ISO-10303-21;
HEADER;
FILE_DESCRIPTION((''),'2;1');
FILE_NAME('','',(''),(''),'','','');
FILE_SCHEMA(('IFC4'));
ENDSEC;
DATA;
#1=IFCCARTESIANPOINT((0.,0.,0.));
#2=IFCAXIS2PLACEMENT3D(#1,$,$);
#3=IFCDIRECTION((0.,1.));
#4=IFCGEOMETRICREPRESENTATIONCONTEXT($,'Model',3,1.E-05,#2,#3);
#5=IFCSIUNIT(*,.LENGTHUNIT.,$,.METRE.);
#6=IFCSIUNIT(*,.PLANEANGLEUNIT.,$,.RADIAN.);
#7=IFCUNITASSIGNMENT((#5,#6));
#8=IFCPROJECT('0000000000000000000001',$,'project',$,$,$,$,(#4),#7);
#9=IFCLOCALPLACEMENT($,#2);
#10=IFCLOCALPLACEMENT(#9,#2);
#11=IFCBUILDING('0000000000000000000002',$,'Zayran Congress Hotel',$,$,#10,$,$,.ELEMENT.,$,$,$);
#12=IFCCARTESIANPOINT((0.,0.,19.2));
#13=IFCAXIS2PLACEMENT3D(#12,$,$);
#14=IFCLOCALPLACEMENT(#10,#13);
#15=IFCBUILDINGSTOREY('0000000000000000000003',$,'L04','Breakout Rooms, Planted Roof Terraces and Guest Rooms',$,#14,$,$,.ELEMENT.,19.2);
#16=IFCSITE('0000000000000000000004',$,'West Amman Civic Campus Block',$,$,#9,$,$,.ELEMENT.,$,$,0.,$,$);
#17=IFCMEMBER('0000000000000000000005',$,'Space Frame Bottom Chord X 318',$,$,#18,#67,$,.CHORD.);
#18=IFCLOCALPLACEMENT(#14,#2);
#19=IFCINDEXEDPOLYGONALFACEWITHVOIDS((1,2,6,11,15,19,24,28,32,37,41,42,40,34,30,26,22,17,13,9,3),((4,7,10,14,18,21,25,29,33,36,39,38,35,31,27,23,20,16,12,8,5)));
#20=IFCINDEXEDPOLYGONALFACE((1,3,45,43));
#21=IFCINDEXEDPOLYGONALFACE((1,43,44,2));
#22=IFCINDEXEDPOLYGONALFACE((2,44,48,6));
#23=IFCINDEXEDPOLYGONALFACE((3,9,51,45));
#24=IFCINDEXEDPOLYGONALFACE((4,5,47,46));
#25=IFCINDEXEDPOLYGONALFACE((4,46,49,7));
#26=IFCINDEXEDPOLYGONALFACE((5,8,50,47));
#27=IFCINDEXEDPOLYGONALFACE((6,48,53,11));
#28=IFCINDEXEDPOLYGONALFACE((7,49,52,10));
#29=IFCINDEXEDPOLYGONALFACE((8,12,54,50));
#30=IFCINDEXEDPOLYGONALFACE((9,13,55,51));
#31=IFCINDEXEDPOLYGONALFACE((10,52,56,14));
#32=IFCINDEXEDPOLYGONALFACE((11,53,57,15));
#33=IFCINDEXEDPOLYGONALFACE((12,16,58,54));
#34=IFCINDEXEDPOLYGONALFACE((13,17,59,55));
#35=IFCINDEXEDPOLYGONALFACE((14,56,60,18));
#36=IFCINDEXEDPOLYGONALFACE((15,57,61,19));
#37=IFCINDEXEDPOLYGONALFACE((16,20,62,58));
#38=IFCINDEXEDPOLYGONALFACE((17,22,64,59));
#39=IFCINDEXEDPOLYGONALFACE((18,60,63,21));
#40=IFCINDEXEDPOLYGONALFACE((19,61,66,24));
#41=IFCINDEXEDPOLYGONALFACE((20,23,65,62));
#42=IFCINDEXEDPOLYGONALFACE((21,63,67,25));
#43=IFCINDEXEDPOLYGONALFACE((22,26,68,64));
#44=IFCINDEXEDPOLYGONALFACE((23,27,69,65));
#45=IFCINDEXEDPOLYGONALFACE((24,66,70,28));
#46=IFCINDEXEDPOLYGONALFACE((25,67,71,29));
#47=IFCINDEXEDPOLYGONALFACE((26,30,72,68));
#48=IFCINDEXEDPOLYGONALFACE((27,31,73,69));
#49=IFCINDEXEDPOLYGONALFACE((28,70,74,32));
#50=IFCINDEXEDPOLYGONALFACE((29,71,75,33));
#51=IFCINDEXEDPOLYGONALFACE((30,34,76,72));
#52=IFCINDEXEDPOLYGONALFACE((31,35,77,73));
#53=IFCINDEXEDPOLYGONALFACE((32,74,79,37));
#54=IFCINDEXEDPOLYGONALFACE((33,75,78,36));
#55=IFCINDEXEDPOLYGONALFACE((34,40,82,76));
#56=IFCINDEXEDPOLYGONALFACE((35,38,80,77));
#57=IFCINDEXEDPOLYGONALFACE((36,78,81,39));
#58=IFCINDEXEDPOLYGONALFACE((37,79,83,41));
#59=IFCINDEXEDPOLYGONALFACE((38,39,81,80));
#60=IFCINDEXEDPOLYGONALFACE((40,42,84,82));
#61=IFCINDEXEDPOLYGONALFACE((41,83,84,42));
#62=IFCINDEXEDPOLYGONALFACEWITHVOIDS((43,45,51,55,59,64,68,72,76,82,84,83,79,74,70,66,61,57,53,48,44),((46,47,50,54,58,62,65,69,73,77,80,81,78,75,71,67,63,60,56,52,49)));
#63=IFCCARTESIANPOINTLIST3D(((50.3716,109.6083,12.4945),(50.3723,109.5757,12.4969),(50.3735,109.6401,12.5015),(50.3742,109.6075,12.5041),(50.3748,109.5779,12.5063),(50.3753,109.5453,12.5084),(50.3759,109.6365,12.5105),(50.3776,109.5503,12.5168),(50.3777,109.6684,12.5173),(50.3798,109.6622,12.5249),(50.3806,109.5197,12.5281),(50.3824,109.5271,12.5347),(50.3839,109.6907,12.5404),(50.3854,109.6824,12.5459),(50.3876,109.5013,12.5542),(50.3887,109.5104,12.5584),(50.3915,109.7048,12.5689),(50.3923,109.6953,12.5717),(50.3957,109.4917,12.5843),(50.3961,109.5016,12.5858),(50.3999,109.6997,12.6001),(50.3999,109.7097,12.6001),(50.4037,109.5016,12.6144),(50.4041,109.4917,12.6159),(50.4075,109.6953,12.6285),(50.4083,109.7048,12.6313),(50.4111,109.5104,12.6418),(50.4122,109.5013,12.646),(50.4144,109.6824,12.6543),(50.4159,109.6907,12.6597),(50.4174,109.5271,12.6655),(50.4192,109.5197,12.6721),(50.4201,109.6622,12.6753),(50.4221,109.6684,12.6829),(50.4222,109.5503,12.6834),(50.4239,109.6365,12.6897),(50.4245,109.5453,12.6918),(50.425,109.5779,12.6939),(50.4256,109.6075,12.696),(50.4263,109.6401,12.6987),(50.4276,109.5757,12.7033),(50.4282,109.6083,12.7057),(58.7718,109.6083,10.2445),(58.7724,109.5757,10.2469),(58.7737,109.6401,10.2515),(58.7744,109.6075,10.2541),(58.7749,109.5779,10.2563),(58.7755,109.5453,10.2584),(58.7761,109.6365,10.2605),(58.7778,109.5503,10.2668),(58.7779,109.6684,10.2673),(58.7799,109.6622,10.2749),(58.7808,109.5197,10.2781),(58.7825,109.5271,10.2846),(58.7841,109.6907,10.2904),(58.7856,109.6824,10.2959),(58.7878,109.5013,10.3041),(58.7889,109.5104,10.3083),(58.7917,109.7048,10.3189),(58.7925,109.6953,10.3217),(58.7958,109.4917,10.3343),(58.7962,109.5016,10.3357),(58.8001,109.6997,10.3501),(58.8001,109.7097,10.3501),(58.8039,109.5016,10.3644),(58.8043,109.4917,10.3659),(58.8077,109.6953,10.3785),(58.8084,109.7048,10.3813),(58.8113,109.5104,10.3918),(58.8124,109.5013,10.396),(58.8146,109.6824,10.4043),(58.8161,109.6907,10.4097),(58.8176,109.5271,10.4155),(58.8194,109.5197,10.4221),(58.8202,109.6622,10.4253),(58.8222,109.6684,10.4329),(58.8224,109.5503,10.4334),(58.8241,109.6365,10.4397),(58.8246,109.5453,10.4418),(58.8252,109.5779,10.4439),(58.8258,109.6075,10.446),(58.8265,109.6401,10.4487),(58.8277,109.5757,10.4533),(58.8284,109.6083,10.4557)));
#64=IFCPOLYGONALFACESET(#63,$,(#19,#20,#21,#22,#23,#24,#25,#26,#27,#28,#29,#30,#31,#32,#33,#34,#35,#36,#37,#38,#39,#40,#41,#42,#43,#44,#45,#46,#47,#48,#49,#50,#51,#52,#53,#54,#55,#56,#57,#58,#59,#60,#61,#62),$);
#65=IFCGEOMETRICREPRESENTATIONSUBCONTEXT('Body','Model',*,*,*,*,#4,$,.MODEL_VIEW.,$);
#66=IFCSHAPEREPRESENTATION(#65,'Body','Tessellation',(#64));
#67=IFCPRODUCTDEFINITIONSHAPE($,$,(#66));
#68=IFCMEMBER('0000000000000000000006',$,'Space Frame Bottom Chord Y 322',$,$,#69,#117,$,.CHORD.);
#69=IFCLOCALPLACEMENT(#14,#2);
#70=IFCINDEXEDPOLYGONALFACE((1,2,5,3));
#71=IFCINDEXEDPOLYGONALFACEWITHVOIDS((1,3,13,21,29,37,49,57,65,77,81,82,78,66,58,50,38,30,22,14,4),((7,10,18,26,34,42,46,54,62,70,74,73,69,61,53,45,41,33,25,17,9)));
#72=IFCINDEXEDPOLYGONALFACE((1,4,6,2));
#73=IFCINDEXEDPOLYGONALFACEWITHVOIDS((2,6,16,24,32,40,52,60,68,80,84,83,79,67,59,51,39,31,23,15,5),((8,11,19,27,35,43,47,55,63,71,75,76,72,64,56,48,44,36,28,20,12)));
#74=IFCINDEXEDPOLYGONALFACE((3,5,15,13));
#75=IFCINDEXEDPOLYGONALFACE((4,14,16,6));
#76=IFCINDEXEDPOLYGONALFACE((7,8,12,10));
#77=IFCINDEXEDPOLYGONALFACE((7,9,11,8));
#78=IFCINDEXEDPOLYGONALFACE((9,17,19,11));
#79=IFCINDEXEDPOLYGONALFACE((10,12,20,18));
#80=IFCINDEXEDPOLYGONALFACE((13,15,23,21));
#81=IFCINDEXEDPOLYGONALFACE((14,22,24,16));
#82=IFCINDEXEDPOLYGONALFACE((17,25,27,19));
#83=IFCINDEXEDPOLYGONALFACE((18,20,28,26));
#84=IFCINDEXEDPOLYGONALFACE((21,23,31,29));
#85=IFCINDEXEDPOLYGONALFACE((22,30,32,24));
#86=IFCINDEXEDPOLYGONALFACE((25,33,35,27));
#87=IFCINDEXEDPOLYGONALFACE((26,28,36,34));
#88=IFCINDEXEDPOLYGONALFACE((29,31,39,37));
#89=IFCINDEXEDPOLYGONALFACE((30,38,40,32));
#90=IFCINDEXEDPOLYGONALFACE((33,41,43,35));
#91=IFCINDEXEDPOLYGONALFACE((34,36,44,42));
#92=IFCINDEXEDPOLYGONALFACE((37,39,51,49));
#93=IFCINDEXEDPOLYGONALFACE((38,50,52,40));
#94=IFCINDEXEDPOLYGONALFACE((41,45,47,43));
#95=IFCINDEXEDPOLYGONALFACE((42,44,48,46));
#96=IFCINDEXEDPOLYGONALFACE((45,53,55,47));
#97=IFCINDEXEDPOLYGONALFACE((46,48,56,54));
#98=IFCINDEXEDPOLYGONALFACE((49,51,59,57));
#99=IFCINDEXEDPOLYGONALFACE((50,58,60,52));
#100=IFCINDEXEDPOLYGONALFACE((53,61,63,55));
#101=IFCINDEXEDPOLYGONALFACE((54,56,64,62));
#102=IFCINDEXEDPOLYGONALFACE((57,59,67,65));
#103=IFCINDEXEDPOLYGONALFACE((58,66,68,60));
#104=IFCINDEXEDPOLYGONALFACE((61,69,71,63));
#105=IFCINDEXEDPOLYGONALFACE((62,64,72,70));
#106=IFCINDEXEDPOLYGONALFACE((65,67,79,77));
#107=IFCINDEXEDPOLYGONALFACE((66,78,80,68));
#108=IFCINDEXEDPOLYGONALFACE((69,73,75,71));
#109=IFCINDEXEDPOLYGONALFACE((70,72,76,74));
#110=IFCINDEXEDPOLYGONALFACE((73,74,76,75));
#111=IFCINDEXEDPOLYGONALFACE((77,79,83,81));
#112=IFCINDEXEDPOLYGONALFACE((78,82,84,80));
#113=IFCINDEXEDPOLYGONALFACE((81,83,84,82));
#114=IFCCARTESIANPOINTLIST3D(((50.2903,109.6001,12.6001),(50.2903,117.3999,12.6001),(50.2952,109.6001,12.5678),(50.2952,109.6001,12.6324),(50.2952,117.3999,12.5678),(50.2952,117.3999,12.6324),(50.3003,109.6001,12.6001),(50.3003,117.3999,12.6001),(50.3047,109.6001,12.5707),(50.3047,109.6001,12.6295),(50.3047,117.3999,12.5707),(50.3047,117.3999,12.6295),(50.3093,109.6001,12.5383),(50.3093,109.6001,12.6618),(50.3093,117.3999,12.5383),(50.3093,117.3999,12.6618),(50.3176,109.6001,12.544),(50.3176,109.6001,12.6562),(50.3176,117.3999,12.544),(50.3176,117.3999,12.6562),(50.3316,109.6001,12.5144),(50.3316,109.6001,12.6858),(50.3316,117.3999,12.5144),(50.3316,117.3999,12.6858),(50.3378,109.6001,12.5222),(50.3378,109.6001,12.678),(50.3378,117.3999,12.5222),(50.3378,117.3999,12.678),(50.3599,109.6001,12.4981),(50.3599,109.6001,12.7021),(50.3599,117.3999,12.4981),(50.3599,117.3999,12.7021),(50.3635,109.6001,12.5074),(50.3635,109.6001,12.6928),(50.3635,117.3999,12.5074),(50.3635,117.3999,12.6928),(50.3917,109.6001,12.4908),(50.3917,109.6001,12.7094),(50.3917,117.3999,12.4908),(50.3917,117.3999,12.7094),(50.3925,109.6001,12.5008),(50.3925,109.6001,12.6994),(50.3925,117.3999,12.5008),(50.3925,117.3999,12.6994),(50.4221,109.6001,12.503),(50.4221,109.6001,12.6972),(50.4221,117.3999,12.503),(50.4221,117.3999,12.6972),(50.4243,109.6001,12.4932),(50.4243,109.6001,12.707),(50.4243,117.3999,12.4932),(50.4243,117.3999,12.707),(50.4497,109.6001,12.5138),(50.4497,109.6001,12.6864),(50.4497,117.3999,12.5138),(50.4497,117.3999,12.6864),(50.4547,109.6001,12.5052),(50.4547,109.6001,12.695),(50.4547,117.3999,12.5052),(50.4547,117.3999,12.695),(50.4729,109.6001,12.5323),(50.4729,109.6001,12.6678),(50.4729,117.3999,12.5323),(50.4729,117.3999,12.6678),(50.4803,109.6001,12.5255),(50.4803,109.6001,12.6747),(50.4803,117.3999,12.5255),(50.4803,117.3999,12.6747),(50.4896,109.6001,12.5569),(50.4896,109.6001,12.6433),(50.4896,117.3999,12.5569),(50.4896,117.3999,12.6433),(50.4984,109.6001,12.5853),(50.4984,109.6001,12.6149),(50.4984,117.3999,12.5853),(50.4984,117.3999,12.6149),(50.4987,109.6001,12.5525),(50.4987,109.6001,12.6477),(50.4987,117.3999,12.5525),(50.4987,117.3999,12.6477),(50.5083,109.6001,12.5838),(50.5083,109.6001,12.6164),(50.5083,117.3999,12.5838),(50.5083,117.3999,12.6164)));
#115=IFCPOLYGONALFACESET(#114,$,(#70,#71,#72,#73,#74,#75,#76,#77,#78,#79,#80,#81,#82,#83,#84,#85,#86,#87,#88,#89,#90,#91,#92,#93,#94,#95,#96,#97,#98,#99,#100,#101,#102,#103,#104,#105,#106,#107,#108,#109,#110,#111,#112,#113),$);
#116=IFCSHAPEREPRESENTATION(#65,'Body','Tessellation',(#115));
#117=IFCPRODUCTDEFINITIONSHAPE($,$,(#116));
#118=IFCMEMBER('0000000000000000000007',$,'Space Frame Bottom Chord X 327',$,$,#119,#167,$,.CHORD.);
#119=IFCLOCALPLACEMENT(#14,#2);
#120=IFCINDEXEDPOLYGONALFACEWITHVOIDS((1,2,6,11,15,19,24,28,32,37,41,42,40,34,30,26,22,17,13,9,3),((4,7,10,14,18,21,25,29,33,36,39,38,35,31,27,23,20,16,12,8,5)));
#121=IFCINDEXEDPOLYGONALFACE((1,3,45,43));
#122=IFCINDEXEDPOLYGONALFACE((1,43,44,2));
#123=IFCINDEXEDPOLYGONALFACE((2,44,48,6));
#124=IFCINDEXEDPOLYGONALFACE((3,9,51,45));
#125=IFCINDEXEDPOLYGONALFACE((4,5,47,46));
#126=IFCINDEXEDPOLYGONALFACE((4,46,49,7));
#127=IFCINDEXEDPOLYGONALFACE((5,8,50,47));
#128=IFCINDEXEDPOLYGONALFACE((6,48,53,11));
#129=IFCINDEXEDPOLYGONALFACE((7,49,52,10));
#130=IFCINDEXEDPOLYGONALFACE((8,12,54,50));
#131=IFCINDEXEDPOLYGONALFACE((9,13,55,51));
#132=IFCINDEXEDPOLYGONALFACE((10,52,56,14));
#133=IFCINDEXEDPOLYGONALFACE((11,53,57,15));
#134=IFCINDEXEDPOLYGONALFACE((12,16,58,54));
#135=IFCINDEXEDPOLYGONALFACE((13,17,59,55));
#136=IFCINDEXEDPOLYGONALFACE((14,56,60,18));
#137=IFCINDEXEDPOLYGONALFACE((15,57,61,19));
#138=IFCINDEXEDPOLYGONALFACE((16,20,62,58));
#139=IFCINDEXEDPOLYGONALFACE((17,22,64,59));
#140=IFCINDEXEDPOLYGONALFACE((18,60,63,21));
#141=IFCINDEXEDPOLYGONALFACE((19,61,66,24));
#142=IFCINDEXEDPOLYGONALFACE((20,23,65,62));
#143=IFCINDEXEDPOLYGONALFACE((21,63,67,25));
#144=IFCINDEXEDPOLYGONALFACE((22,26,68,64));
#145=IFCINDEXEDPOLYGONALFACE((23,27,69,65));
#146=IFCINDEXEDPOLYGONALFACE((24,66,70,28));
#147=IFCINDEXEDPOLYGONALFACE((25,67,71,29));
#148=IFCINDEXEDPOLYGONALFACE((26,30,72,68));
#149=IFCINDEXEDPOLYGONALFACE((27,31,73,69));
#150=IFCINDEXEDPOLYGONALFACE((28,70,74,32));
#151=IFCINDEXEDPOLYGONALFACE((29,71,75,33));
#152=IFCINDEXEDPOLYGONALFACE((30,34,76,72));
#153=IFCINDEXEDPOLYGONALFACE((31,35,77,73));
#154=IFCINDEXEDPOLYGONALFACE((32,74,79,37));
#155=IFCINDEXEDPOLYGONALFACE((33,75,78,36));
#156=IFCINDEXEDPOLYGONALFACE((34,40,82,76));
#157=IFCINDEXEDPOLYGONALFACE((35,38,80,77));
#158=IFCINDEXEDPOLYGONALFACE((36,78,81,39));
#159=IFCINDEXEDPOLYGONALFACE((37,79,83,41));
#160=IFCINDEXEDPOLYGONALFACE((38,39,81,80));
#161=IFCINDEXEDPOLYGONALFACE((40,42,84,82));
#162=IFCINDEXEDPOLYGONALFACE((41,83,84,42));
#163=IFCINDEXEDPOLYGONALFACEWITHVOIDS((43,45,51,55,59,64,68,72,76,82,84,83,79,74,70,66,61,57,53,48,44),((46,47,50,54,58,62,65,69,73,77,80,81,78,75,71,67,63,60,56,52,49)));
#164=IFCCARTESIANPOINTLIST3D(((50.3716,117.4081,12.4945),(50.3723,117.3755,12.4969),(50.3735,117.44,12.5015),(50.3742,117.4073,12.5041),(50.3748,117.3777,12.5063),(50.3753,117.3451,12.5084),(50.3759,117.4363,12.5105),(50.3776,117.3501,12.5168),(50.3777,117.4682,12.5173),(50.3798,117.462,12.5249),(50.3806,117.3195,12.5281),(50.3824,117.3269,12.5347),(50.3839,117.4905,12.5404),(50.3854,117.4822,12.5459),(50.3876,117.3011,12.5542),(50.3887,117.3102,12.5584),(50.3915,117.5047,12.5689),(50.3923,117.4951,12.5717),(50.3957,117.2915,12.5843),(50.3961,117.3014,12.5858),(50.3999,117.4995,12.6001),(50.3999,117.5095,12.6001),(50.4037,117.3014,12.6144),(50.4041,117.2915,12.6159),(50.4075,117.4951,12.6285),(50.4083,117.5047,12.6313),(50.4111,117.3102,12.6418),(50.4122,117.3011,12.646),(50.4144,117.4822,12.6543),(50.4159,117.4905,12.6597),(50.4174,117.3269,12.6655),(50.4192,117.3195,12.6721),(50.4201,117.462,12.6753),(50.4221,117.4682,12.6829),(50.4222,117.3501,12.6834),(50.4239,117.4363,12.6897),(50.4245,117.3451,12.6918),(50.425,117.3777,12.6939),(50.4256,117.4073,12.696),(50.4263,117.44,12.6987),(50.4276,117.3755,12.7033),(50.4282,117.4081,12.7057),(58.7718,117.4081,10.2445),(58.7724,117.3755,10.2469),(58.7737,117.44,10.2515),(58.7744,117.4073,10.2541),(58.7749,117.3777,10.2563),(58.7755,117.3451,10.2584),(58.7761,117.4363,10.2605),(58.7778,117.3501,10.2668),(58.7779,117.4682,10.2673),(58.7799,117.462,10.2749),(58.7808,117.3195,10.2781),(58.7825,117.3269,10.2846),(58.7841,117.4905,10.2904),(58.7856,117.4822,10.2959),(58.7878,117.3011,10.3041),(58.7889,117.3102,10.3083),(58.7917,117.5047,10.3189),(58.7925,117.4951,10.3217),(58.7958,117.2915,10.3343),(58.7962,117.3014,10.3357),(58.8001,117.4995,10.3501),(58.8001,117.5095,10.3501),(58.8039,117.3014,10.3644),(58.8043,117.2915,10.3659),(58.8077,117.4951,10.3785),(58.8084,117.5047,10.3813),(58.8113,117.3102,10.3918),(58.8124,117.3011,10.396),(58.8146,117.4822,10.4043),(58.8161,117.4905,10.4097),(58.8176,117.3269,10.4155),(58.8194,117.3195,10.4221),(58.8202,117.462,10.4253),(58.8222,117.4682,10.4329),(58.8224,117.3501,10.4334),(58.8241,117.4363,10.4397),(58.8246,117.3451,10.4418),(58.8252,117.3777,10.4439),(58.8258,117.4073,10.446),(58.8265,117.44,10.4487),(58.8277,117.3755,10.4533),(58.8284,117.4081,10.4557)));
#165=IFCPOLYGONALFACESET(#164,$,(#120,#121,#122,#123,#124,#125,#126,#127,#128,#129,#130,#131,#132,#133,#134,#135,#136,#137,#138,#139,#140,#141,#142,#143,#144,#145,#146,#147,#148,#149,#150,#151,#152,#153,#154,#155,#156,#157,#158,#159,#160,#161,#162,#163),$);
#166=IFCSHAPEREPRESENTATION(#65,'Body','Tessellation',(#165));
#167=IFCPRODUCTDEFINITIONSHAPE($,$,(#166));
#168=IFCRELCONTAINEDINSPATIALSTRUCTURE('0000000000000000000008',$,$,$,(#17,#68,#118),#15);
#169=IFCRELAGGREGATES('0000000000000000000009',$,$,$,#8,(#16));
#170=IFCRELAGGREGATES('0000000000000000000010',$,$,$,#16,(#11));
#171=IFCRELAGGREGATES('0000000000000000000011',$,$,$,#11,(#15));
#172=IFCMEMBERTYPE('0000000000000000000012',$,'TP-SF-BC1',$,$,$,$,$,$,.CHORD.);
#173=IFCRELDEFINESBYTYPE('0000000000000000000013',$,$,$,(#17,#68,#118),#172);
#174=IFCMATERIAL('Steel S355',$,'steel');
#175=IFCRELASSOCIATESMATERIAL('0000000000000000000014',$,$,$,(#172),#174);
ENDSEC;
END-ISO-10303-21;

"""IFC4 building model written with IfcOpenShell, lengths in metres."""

from ifc_helpers import new_model, si_unit, direction, frame, origin, origin_2d, place, context, subcontext, project, spatial, hollow_circle, extrude, material, material_profile, profile_set, type_object, element, save


model = new_model("IFC4")

# Units and contexts
model_context = context("Model", 3, precision=1e-05, world=origin(), true_north=direction((0.0, 1.0)))
body_context = subcontext(model_context, "Body", "Model", "MODEL_VIEW")
ifc_project = project(units=[si_unit("LENGTHUNIT", "METRE"), si_unit("PLANEANGLEUNIT", "RADIAN")], contexts=[model_context])

# Site, building, storey
site_placement = place(None, origin())
site = spatial("IfcSite", under=ifc_project, at=site_placement, Name="West Amman Civic Campus Block", CompositionType="ELEMENT", RefElevation=0.0)
building_placement = place(site_placement, origin())
building = spatial("IfcBuilding", under=site, at=building_placement, Name="Zayran Congress Hotel", CompositionType="ELEMENT")
storey_placement = place(building_placement, frame((0.0, 0.0, 19.2)))
storey = spatial("IfcBuildingStorey", under=building, at=storey_placement, Name="L04", Description="Breakout Rooms, Planted Roof Terraces and Guest Rooms", CompositionType="ELEMENT", Elevation=19.2)

# Members
ifc_material_1 = material(Name="Steel S355", Category="steel")
ifc_material_profile_1 = material_profile(ifc_material_1, hollow_circle(Radius=0.1096, WallThickness=0.01, at=origin_2d()), Name="CHS 219.1x10")
ifc_profile_set_1 = profile_set([ifc_material_profile_1], Name="Steel S355")
member_type_1 = type_object("IfcMemberType", Name="TP-SF-BC1", PredefinedType="CHORD", material=ifc_profile_set_1)
member_1_placement = place(storey_placement, frame((50.3999, 109.6001, 12.6001), z_axis=(0.965949, 0.0, -0.258732), x_axis=(0.0, 1.0, 0.0)))
element("IfcMember", 1, at=member_1_placement, inside=storey, type_object=member_type_1, Name="Space Frame Bottom Chord X 318", PredefinedType="CHORD", context=body_context, shape_type="SweptSolid", body=[
    extrude(hollow_circle(Radius=0.1096, WallThickness=0.01, at=origin_2d()), origin(), (0.0, 0.0, 1.0), 8.6963),
])
member_2_placement = place(storey_placement, frame((50.3999, 109.6001, 12.6001), z_axis=(0.0, 1.0, 0.0), x_axis=(-1.0, 0.0, 0.0)))
element("IfcMember", 2, at=member_2_placement, inside=storey, type_object=member_type_1, Name="Space Frame Bottom Chord Y 322", PredefinedType="CHORD", context=body_context, shape_type="SweptSolid", body=[
    extrude(hollow_circle(Radius=0.1096, WallThickness=0.01, at=origin_2d()), origin(), (0.0, 0.0, 1.0), 7.7998),
])
member_3_placement = place(storey_placement, frame((50.3999, 117.3999, 12.6001), z_axis=(0.965949, 0.0, -0.258732), x_axis=(0.0, 1.0, 0.0)))
element("IfcMember", 3, at=member_3_placement, inside=storey, type_object=member_type_1, Name="Space Frame Bottom Chord X 327", PredefinedType="CHORD", context=body_context, shape_type="SweptSolid", body=[
    extrude(hollow_circle(Radius=0.1096, WallThickness=0.01, at=origin_2d()), origin(), (0.0, 0.0, 1.0), 8.6963),
])

save(model, "model.ifc")
